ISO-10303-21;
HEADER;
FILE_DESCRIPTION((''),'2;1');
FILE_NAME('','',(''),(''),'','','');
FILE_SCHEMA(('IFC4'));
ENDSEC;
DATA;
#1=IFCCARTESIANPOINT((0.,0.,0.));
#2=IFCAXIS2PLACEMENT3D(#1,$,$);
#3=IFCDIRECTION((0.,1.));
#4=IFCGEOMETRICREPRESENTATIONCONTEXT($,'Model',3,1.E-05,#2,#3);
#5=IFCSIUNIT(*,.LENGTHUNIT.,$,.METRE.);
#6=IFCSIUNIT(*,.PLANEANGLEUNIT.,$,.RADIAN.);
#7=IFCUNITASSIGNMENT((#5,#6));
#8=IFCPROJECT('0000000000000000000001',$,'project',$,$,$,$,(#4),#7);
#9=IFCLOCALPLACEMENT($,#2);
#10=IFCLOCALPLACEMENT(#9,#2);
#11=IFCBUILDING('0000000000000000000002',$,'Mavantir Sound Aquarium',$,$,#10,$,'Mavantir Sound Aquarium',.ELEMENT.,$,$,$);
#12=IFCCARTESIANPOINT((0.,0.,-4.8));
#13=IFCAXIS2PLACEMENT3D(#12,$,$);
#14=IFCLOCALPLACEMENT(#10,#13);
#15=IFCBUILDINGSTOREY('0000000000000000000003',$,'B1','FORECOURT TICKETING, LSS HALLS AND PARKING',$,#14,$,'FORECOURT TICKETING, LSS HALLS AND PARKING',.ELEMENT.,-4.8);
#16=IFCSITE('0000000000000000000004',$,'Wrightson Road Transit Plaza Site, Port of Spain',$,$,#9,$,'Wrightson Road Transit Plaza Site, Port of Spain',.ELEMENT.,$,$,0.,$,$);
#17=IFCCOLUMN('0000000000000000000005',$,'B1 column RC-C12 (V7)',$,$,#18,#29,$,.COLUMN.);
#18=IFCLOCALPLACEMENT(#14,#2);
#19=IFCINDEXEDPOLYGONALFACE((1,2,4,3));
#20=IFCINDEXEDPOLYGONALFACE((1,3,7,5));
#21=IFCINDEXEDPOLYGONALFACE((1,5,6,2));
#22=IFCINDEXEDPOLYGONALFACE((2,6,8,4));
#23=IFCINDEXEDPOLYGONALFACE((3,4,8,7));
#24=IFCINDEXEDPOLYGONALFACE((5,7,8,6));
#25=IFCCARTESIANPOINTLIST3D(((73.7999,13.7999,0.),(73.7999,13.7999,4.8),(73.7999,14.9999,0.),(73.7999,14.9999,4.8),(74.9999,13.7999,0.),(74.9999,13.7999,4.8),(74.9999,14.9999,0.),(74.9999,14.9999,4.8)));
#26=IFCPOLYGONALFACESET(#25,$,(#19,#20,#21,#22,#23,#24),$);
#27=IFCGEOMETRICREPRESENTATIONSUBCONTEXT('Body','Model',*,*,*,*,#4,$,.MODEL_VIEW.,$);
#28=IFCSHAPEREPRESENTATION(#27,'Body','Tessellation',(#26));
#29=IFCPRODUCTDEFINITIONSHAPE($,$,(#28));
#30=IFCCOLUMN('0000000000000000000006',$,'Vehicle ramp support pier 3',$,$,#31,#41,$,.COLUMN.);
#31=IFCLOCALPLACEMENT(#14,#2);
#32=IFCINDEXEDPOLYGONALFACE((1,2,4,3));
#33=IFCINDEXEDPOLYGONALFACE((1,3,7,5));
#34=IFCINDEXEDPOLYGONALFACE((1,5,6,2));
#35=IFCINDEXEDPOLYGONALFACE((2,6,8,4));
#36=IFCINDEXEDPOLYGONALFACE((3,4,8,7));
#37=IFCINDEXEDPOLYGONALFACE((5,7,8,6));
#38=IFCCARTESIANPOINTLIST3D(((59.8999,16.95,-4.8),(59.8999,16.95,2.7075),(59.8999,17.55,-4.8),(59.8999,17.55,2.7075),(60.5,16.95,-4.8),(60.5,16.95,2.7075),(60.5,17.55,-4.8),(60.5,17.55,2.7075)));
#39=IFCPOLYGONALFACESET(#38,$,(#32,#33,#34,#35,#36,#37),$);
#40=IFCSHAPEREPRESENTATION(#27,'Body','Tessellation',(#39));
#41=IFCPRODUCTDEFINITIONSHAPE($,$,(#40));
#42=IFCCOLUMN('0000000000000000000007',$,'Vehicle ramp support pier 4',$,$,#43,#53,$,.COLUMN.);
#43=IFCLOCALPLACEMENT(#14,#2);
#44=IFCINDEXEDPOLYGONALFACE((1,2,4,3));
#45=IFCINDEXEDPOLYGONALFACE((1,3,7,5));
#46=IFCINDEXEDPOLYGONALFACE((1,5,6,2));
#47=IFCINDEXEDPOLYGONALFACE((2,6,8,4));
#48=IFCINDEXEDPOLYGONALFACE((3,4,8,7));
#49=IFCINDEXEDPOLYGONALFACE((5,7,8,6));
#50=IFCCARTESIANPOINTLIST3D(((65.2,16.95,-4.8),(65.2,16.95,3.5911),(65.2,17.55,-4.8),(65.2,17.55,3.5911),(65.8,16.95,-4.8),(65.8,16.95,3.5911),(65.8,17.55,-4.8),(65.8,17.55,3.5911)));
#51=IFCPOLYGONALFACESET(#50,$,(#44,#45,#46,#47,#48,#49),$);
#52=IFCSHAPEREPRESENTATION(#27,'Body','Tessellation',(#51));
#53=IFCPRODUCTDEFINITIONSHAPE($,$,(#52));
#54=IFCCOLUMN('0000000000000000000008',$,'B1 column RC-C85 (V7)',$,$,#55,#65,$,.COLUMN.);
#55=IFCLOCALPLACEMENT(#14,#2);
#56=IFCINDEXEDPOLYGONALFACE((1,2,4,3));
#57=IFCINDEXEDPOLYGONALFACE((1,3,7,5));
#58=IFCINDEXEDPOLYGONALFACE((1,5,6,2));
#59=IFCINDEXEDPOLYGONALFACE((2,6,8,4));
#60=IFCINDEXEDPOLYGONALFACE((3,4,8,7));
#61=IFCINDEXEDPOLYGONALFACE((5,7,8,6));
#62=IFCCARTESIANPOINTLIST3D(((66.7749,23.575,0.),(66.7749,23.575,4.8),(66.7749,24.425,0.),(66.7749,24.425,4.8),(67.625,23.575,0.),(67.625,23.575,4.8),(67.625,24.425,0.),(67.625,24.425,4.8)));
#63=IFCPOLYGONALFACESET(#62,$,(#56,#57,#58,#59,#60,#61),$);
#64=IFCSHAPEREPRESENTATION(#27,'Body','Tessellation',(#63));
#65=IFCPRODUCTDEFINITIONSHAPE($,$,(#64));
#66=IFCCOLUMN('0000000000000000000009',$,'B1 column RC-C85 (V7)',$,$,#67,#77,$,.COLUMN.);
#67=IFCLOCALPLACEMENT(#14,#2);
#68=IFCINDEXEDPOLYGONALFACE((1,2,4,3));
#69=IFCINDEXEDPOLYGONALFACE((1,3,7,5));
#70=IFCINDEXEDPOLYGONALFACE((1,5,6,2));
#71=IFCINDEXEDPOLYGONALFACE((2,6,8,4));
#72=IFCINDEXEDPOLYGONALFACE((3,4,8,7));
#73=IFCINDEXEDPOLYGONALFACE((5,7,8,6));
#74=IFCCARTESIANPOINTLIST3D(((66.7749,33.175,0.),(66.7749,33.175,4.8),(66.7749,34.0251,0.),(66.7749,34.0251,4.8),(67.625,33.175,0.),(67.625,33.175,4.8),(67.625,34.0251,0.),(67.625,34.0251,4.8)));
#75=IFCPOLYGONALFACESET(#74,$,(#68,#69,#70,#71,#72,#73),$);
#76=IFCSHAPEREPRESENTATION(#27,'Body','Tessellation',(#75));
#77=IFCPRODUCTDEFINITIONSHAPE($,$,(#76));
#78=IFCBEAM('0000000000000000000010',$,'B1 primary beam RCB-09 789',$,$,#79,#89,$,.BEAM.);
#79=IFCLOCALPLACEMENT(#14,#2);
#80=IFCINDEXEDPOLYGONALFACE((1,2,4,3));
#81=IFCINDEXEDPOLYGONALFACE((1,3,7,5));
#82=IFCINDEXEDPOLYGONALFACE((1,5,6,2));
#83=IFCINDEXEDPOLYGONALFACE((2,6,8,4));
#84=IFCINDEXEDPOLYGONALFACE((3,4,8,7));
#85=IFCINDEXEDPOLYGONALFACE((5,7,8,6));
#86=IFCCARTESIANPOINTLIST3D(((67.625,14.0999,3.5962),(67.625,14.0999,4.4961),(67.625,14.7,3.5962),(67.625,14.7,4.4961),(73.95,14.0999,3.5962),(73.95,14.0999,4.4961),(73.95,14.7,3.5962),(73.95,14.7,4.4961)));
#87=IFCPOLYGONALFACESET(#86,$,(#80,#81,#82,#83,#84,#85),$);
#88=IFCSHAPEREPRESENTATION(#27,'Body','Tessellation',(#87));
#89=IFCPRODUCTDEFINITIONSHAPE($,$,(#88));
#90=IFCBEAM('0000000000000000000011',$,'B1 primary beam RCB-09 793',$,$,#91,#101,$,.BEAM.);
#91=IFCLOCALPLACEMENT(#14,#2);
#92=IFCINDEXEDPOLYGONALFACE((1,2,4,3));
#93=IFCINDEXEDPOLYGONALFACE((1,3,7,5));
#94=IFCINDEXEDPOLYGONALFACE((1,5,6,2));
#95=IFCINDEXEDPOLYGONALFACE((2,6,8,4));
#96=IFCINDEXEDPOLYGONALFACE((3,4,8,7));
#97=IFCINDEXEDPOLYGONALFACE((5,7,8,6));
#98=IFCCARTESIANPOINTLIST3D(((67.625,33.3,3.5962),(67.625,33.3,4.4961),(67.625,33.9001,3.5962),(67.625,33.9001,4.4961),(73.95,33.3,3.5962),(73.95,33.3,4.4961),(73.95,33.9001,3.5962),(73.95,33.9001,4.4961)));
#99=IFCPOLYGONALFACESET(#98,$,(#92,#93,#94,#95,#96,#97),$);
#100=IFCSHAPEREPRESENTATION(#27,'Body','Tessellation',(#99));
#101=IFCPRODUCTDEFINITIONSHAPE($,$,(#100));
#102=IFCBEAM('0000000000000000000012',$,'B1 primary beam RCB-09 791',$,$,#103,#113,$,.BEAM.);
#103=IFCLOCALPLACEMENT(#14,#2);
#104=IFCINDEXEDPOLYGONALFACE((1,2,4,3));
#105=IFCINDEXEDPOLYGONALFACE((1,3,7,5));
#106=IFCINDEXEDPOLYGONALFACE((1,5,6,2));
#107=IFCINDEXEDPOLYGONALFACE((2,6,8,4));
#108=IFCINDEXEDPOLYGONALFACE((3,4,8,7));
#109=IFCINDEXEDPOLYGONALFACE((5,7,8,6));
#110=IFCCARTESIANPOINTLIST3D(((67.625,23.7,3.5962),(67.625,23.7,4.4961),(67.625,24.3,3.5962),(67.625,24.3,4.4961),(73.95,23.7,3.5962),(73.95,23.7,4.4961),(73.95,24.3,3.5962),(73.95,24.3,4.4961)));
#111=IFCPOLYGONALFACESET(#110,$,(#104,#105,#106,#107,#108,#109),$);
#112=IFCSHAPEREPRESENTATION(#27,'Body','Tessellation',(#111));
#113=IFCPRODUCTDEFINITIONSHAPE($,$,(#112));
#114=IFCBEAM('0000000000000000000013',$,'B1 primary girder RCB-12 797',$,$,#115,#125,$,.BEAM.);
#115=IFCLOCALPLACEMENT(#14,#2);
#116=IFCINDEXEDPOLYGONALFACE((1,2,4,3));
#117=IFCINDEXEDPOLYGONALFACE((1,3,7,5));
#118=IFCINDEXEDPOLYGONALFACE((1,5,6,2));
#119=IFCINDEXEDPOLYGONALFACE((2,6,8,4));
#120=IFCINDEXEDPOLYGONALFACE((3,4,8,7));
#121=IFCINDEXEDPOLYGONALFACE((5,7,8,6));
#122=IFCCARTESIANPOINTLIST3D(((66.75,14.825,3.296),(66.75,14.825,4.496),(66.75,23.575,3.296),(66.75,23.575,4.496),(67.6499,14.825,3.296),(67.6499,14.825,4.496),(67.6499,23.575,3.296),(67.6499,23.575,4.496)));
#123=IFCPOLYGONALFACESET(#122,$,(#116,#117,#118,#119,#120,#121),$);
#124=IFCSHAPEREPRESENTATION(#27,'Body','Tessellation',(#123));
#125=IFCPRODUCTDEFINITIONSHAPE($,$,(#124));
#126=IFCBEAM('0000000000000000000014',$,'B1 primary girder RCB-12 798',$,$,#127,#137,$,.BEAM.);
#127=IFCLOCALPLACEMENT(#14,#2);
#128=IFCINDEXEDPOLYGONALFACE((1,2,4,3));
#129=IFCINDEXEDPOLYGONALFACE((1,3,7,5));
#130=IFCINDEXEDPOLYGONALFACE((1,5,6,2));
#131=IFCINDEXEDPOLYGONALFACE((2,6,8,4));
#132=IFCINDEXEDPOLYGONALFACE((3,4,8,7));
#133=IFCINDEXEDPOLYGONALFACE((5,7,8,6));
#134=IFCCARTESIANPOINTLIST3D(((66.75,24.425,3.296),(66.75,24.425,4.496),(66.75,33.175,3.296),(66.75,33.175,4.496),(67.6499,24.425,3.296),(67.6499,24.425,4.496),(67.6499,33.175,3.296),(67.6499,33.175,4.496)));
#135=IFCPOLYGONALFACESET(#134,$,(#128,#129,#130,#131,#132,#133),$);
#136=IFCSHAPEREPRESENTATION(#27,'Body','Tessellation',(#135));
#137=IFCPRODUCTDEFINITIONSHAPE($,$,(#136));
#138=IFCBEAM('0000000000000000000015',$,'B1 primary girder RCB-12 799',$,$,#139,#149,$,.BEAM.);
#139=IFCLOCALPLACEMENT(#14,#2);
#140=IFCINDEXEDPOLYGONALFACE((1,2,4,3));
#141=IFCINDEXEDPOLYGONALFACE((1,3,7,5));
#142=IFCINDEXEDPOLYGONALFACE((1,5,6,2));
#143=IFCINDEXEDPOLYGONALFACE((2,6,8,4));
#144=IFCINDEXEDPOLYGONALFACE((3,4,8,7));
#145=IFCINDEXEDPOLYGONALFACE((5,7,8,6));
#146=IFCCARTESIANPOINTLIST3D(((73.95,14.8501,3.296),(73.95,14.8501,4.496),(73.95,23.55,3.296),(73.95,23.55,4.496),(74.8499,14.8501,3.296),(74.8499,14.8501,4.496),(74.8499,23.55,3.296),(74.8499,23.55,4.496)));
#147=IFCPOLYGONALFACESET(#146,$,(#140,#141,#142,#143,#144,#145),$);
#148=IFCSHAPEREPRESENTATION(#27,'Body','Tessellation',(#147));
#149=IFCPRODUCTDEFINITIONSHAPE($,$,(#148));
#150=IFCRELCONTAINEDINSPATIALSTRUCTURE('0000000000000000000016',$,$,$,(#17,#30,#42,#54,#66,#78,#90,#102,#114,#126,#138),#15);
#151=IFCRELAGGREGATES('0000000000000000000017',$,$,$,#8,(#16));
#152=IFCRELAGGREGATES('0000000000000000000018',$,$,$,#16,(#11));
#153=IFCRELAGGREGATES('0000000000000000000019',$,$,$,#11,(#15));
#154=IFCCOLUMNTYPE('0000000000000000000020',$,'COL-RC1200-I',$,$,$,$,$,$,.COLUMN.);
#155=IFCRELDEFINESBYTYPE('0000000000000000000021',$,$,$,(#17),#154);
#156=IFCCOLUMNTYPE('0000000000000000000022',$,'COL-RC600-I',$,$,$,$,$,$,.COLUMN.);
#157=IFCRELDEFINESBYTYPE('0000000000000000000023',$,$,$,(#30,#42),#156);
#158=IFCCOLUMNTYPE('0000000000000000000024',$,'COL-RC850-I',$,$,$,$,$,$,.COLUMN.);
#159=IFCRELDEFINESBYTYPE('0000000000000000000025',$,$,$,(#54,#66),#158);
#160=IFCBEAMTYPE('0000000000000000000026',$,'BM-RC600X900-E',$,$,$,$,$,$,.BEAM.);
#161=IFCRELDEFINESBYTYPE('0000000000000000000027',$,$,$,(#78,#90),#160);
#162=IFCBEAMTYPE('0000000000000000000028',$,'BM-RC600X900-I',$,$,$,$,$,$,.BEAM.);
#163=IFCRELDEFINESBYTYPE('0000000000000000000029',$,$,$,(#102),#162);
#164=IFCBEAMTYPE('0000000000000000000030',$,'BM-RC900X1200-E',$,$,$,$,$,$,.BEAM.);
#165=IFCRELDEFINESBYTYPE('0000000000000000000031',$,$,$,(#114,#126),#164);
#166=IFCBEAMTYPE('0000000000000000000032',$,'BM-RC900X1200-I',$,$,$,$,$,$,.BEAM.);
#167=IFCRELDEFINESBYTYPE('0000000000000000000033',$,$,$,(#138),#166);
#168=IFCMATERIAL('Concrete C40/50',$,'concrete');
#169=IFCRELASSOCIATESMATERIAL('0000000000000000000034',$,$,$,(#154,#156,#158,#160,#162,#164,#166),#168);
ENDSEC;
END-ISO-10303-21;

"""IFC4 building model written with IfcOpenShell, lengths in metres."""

from ifc_helpers import new_model, si_unit, direction, frame, origin, origin_2d, place, context, subcontext, project, spatial, rectangle, extrude, material, material_profile, profile_set, type_object, element, save


model = new_model("IFC4")

# Units and contexts
model_context = context("Model", 3, precision=1e-05, world=origin(), true_north=direction((0.0, 1.0)))
body_context = subcontext(model_context, "Body", "Model", "MODEL_VIEW")
ifc_project = project(units=[si_unit("LENGTHUNIT", "METRE"), si_unit("PLANEANGLEUNIT", "RADIAN")], contexts=[model_context])

# Site, building, storey
site_placement = place(None, origin())
site = spatial("IfcSite", under=ifc_project, at=site_placement, Name="Wrightson Road Transit Plaza Site, Port of Spain", LongName="Wrightson Road Transit Plaza Site, Port of Spain", CompositionType="ELEMENT", RefElevation=0.0)
building_placement = place(site_placement, origin())
building = spatial("IfcBuilding", under=site, at=building_placement, Name="Mavantir Sound Aquarium", LongName="Mavantir Sound Aquarium", CompositionType="ELEMENT")
storey_placement = place(building_placement, frame((0.0, 0.0, -4.8)))
storey = spatial("IfcBuildingStorey", under=building, at=storey_placement, Name="B1", Description="FORECOURT TICKETING, LSS HALLS AND PARKING", LongName="FORECOURT TICKETING, LSS HALLS AND PARKING", CompositionType="ELEMENT", Elevation=-4.8)

# Columns
ifc_material_1 = material(Name="Concrete C40/50", Category="concrete")
ifc_material_profile_1 = material_profile(ifc_material_1, rectangle(XDim=1.2, YDim=1.2, at=origin_2d()), Name="RC 1200X1200")
ifc_profile_set_1 = profile_set([ifc_material_profile_1], Name="Concrete C40/50")
column_type_1 = type_object("IfcColumnType", Name="COL-RC1200-I", PredefinedType="COLUMN", material=ifc_profile_set_1)
column_1_placement = place(storey_placement, frame((74.3999, 14.3999, 0.0), z_axis=(0.0, 0.0, 1.0), x_axis=(1.0, 0.0, 0.0)))
element("IfcColumn", 1, at=column_1_placement, inside=storey, type_object=column_type_1, Name="B1 column RC-C12 (V7)", PredefinedType="COLUMN", context=body_context, shape_type="SweptSolid", body=[
    extrude(rectangle(XDim=1.2, YDim=1.2, at=origin_2d()), origin(), (0.0, 0.0, 1.0), 4.8),
])
ifc_material_profile_2 = material_profile(ifc_material_1, rectangle(XDim=0.6001, YDim=0.6001, at=origin_2d()), Name="RC 600X600")
ifc_profile_set_2 = profile_set([ifc_material_profile_2], Name="Concrete C40/50")
column_type_2 = type_object("IfcColumnType", Name="COL-RC600-I", PredefinedType="COLUMN", material=ifc_profile_set_2)
column_2_placement = place(storey_placement, frame((60.2, 17.25, -4.8), z_axis=(0.0, 0.0, 1.0), x_axis=(1.0, 0.0, 0.0)))
element("IfcColumn", 2, at=column_2_placement, inside=storey, type_object=column_type_2, Name="Vehicle ramp support pier 3", PredefinedType="COLUMN", context=body_context, shape_type="SweptSolid", body=[
    extrude(rectangle(XDim=0.6001, YDim=0.6001, at=origin_2d()), origin(), (0.0, 0.0, 1.0), 7.5076),
])
column_3_placement = place(storey_placement, frame((65.5, 17.25, -4.8), z_axis=(0.0, 0.0, 1.0), x_axis=(1.0, 0.0, 0.0)))
element("IfcColumn", 3, at=column_3_placement, inside=storey, type_object=column_type_2, Name="Vehicle ramp support pier 4", PredefinedType="COLUMN", context=body_context, shape_type="SweptSolid", body=[
    extrude(rectangle(XDim=0.6001, YDim=0.6001, at=origin_2d()), origin(), (0.0, 0.0, 1.0), 8.3911),
])
ifc_material_profile_3 = material_profile(ifc_material_1, rectangle(XDim=0.8501, YDim=0.8501, at=origin_2d()), Name="RC 850X850")
ifc_profile_set_3 = profile_set([ifc_material_profile_3], Name="Concrete C40/50")
column_type_3 = type_object("IfcColumnType", Name="COL-RC850-I", PredefinedType="COLUMN", material=ifc_profile_set_3)
for number, where, z_axis, x_axis, name in (
    (4, (67.2, 24.0, 0.0), (0.0, 0.0, 1.0), (1.0, 0.0, 0.0), "B1 column RC-C85 (V7)"),
    (5, (67.2, 33.6001, 0.0), (0.0, 0.0, 1.0), (1.0, 0.0, 0.0), "B1 column RC-C85 (V7)"),
):
    element("IfcColumn", number, at=place(storey_placement, frame(where, z_axis=z_axis, x_axis=x_axis)), inside=storey, type_object=column_type_3, Name=name, PredefinedType="COLUMN", context=body_context, shape_type="SweptSolid", body=[
        extrude(rectangle(XDim=0.8501, YDim=0.8501, at=origin_2d()), origin(), (0.0, 0.0, 1.0), 4.8),
    ])

# Beams
ifc_material_profile_4 = material_profile(ifc_material_1, rectangle(XDim=0.6001, YDim=0.8999, at=origin_2d()), Name="RC 600X900")
ifc_profile_set_4 = profile_set([ifc_material_profile_4], Name="Concrete C40/50")
beam_type_1 = type_object("IfcBeamType", Name="BM-RC600X900-E", PredefinedType="BEAM", material=ifc_profile_set_4)
for number, where, z_axis, x_axis, name in (
    (6, (67.625, 14.3999, 4.0461), (1.0, 0.0, 0.0), (0.0, 1.0, 0.0), "B1 primary beam RCB-09 789"),
    (7, (67.625, 33.6001, 4.0461), (1.0, 0.0, 0.0), (0.0, 1.0, 0.0), "B1 primary beam RCB-09 793"),
):
    element("IfcBeam", number, at=place(storey_placement, frame(where, z_axis=z_axis, x_axis=x_axis)), inside=storey, type_object=beam_type_1, Name=name, PredefinedType="BEAM", context=body_context, shape_type="SweptSolid", body=[
        extrude(rectangle(XDim=0.6001, YDim=0.8999, at=origin_2d()), origin(), (0.0, 0.0, 1.0), 6.325),
    ])
ifc_material_profile_5 = material_profile(ifc_material_1, rectangle(XDim=0.6001, YDim=0.8999, at=origin_2d()), Name="RC 600X900")
ifc_profile_set_5 = profile_set([ifc_material_profile_5], Name="Concrete C40/50")
beam_type_2 = type_object("IfcBeamType", Name="BM-RC600X900-I", PredefinedType="BEAM", material=ifc_profile_set_5)
beam_1_placement = place(storey_placement, frame((67.625, 24.0, 4.0461), z_axis=(1.0, 0.0, 0.0), x_axis=(0.0, 1.0, 0.0)))
element("IfcBeam", 8, at=beam_1_placement, inside=storey, type_object=beam_type_2, Name="B1 primary beam RCB-09 791", PredefinedType="BEAM", context=body_context, shape_type="SweptSolid", body=[
    extrude(rectangle(XDim=0.6001, YDim=0.8999, at=origin_2d()), origin(), (0.0, 0.0, 1.0), 6.325),
])
ifc_material_profile_6 = material_profile(ifc_material_1, rectangle(XDim=0.8999, YDim=1.2, at=origin_2d()), Name="RC 900X1200")
ifc_profile_set_6 = profile_set([ifc_material_profile_6], Name="Concrete C40/50")
beam_type_3 = type_object("IfcBeamType", Name="BM-RC900X1200-E", PredefinedType="BEAM", material=ifc_profile_set_6)
for number, where, z_axis, x_axis, name in (
    (9, (67.2, 14.825, 3.896), (0.0, 1.0, 0.0), (-1.0, 0.0, 0.0), "B1 primary girder RCB-12 797"),
    (10, (67.2, 24.425, 3.896), (0.0, 1.0, 0.0), (-1.0, 0.0, 0.0), "B1 primary girder RCB-12 798"),
):
    element("IfcBeam", number, at=place(storey_placement, frame(where, z_axis=z_axis, x_axis=x_axis)), inside=storey, type_object=beam_type_3, Name=name, PredefinedType="BEAM", context=body_context, shape_type="SweptSolid", body=[
        extrude(rectangle(XDim=0.8999, YDim=1.2, at=origin_2d()), origin(), (0.0, 0.0, 1.0), 8.75),
    ])
ifc_material_profile_7 = material_profile(ifc_material_1, rectangle(XDim=0.8999, YDim=1.2, at=origin_2d()), Name="RC 900X1200")
ifc_profile_set_7 = profile_set([ifc_material_profile_7], Name="Concrete C40/50")
beam_type_4 = type_object("IfcBeamType", Name="BM-RC900X1200-I", PredefinedType="BEAM", material=ifc_profile_set_7)
beam_2_placement = place(storey_placement, frame((74.3999, 14.8501, 3.896), z_axis=(0.0, 1.0, 0.0), x_axis=(-1.0, 0.0, 0.0)))
element("IfcBeam", 11, at=beam_2_placement, inside=storey, type_object=beam_type_4, Name="B1 primary girder RCB-12 799", PredefinedType="BEAM", context=body_context, shape_type="SweptSolid", body=[
    extrude(rectangle(XDim=0.8999, YDim=1.2, at=origin_2d()), origin(), (0.0, 0.0, 1.0), 8.7),
])

save(model, "model.ifc")
